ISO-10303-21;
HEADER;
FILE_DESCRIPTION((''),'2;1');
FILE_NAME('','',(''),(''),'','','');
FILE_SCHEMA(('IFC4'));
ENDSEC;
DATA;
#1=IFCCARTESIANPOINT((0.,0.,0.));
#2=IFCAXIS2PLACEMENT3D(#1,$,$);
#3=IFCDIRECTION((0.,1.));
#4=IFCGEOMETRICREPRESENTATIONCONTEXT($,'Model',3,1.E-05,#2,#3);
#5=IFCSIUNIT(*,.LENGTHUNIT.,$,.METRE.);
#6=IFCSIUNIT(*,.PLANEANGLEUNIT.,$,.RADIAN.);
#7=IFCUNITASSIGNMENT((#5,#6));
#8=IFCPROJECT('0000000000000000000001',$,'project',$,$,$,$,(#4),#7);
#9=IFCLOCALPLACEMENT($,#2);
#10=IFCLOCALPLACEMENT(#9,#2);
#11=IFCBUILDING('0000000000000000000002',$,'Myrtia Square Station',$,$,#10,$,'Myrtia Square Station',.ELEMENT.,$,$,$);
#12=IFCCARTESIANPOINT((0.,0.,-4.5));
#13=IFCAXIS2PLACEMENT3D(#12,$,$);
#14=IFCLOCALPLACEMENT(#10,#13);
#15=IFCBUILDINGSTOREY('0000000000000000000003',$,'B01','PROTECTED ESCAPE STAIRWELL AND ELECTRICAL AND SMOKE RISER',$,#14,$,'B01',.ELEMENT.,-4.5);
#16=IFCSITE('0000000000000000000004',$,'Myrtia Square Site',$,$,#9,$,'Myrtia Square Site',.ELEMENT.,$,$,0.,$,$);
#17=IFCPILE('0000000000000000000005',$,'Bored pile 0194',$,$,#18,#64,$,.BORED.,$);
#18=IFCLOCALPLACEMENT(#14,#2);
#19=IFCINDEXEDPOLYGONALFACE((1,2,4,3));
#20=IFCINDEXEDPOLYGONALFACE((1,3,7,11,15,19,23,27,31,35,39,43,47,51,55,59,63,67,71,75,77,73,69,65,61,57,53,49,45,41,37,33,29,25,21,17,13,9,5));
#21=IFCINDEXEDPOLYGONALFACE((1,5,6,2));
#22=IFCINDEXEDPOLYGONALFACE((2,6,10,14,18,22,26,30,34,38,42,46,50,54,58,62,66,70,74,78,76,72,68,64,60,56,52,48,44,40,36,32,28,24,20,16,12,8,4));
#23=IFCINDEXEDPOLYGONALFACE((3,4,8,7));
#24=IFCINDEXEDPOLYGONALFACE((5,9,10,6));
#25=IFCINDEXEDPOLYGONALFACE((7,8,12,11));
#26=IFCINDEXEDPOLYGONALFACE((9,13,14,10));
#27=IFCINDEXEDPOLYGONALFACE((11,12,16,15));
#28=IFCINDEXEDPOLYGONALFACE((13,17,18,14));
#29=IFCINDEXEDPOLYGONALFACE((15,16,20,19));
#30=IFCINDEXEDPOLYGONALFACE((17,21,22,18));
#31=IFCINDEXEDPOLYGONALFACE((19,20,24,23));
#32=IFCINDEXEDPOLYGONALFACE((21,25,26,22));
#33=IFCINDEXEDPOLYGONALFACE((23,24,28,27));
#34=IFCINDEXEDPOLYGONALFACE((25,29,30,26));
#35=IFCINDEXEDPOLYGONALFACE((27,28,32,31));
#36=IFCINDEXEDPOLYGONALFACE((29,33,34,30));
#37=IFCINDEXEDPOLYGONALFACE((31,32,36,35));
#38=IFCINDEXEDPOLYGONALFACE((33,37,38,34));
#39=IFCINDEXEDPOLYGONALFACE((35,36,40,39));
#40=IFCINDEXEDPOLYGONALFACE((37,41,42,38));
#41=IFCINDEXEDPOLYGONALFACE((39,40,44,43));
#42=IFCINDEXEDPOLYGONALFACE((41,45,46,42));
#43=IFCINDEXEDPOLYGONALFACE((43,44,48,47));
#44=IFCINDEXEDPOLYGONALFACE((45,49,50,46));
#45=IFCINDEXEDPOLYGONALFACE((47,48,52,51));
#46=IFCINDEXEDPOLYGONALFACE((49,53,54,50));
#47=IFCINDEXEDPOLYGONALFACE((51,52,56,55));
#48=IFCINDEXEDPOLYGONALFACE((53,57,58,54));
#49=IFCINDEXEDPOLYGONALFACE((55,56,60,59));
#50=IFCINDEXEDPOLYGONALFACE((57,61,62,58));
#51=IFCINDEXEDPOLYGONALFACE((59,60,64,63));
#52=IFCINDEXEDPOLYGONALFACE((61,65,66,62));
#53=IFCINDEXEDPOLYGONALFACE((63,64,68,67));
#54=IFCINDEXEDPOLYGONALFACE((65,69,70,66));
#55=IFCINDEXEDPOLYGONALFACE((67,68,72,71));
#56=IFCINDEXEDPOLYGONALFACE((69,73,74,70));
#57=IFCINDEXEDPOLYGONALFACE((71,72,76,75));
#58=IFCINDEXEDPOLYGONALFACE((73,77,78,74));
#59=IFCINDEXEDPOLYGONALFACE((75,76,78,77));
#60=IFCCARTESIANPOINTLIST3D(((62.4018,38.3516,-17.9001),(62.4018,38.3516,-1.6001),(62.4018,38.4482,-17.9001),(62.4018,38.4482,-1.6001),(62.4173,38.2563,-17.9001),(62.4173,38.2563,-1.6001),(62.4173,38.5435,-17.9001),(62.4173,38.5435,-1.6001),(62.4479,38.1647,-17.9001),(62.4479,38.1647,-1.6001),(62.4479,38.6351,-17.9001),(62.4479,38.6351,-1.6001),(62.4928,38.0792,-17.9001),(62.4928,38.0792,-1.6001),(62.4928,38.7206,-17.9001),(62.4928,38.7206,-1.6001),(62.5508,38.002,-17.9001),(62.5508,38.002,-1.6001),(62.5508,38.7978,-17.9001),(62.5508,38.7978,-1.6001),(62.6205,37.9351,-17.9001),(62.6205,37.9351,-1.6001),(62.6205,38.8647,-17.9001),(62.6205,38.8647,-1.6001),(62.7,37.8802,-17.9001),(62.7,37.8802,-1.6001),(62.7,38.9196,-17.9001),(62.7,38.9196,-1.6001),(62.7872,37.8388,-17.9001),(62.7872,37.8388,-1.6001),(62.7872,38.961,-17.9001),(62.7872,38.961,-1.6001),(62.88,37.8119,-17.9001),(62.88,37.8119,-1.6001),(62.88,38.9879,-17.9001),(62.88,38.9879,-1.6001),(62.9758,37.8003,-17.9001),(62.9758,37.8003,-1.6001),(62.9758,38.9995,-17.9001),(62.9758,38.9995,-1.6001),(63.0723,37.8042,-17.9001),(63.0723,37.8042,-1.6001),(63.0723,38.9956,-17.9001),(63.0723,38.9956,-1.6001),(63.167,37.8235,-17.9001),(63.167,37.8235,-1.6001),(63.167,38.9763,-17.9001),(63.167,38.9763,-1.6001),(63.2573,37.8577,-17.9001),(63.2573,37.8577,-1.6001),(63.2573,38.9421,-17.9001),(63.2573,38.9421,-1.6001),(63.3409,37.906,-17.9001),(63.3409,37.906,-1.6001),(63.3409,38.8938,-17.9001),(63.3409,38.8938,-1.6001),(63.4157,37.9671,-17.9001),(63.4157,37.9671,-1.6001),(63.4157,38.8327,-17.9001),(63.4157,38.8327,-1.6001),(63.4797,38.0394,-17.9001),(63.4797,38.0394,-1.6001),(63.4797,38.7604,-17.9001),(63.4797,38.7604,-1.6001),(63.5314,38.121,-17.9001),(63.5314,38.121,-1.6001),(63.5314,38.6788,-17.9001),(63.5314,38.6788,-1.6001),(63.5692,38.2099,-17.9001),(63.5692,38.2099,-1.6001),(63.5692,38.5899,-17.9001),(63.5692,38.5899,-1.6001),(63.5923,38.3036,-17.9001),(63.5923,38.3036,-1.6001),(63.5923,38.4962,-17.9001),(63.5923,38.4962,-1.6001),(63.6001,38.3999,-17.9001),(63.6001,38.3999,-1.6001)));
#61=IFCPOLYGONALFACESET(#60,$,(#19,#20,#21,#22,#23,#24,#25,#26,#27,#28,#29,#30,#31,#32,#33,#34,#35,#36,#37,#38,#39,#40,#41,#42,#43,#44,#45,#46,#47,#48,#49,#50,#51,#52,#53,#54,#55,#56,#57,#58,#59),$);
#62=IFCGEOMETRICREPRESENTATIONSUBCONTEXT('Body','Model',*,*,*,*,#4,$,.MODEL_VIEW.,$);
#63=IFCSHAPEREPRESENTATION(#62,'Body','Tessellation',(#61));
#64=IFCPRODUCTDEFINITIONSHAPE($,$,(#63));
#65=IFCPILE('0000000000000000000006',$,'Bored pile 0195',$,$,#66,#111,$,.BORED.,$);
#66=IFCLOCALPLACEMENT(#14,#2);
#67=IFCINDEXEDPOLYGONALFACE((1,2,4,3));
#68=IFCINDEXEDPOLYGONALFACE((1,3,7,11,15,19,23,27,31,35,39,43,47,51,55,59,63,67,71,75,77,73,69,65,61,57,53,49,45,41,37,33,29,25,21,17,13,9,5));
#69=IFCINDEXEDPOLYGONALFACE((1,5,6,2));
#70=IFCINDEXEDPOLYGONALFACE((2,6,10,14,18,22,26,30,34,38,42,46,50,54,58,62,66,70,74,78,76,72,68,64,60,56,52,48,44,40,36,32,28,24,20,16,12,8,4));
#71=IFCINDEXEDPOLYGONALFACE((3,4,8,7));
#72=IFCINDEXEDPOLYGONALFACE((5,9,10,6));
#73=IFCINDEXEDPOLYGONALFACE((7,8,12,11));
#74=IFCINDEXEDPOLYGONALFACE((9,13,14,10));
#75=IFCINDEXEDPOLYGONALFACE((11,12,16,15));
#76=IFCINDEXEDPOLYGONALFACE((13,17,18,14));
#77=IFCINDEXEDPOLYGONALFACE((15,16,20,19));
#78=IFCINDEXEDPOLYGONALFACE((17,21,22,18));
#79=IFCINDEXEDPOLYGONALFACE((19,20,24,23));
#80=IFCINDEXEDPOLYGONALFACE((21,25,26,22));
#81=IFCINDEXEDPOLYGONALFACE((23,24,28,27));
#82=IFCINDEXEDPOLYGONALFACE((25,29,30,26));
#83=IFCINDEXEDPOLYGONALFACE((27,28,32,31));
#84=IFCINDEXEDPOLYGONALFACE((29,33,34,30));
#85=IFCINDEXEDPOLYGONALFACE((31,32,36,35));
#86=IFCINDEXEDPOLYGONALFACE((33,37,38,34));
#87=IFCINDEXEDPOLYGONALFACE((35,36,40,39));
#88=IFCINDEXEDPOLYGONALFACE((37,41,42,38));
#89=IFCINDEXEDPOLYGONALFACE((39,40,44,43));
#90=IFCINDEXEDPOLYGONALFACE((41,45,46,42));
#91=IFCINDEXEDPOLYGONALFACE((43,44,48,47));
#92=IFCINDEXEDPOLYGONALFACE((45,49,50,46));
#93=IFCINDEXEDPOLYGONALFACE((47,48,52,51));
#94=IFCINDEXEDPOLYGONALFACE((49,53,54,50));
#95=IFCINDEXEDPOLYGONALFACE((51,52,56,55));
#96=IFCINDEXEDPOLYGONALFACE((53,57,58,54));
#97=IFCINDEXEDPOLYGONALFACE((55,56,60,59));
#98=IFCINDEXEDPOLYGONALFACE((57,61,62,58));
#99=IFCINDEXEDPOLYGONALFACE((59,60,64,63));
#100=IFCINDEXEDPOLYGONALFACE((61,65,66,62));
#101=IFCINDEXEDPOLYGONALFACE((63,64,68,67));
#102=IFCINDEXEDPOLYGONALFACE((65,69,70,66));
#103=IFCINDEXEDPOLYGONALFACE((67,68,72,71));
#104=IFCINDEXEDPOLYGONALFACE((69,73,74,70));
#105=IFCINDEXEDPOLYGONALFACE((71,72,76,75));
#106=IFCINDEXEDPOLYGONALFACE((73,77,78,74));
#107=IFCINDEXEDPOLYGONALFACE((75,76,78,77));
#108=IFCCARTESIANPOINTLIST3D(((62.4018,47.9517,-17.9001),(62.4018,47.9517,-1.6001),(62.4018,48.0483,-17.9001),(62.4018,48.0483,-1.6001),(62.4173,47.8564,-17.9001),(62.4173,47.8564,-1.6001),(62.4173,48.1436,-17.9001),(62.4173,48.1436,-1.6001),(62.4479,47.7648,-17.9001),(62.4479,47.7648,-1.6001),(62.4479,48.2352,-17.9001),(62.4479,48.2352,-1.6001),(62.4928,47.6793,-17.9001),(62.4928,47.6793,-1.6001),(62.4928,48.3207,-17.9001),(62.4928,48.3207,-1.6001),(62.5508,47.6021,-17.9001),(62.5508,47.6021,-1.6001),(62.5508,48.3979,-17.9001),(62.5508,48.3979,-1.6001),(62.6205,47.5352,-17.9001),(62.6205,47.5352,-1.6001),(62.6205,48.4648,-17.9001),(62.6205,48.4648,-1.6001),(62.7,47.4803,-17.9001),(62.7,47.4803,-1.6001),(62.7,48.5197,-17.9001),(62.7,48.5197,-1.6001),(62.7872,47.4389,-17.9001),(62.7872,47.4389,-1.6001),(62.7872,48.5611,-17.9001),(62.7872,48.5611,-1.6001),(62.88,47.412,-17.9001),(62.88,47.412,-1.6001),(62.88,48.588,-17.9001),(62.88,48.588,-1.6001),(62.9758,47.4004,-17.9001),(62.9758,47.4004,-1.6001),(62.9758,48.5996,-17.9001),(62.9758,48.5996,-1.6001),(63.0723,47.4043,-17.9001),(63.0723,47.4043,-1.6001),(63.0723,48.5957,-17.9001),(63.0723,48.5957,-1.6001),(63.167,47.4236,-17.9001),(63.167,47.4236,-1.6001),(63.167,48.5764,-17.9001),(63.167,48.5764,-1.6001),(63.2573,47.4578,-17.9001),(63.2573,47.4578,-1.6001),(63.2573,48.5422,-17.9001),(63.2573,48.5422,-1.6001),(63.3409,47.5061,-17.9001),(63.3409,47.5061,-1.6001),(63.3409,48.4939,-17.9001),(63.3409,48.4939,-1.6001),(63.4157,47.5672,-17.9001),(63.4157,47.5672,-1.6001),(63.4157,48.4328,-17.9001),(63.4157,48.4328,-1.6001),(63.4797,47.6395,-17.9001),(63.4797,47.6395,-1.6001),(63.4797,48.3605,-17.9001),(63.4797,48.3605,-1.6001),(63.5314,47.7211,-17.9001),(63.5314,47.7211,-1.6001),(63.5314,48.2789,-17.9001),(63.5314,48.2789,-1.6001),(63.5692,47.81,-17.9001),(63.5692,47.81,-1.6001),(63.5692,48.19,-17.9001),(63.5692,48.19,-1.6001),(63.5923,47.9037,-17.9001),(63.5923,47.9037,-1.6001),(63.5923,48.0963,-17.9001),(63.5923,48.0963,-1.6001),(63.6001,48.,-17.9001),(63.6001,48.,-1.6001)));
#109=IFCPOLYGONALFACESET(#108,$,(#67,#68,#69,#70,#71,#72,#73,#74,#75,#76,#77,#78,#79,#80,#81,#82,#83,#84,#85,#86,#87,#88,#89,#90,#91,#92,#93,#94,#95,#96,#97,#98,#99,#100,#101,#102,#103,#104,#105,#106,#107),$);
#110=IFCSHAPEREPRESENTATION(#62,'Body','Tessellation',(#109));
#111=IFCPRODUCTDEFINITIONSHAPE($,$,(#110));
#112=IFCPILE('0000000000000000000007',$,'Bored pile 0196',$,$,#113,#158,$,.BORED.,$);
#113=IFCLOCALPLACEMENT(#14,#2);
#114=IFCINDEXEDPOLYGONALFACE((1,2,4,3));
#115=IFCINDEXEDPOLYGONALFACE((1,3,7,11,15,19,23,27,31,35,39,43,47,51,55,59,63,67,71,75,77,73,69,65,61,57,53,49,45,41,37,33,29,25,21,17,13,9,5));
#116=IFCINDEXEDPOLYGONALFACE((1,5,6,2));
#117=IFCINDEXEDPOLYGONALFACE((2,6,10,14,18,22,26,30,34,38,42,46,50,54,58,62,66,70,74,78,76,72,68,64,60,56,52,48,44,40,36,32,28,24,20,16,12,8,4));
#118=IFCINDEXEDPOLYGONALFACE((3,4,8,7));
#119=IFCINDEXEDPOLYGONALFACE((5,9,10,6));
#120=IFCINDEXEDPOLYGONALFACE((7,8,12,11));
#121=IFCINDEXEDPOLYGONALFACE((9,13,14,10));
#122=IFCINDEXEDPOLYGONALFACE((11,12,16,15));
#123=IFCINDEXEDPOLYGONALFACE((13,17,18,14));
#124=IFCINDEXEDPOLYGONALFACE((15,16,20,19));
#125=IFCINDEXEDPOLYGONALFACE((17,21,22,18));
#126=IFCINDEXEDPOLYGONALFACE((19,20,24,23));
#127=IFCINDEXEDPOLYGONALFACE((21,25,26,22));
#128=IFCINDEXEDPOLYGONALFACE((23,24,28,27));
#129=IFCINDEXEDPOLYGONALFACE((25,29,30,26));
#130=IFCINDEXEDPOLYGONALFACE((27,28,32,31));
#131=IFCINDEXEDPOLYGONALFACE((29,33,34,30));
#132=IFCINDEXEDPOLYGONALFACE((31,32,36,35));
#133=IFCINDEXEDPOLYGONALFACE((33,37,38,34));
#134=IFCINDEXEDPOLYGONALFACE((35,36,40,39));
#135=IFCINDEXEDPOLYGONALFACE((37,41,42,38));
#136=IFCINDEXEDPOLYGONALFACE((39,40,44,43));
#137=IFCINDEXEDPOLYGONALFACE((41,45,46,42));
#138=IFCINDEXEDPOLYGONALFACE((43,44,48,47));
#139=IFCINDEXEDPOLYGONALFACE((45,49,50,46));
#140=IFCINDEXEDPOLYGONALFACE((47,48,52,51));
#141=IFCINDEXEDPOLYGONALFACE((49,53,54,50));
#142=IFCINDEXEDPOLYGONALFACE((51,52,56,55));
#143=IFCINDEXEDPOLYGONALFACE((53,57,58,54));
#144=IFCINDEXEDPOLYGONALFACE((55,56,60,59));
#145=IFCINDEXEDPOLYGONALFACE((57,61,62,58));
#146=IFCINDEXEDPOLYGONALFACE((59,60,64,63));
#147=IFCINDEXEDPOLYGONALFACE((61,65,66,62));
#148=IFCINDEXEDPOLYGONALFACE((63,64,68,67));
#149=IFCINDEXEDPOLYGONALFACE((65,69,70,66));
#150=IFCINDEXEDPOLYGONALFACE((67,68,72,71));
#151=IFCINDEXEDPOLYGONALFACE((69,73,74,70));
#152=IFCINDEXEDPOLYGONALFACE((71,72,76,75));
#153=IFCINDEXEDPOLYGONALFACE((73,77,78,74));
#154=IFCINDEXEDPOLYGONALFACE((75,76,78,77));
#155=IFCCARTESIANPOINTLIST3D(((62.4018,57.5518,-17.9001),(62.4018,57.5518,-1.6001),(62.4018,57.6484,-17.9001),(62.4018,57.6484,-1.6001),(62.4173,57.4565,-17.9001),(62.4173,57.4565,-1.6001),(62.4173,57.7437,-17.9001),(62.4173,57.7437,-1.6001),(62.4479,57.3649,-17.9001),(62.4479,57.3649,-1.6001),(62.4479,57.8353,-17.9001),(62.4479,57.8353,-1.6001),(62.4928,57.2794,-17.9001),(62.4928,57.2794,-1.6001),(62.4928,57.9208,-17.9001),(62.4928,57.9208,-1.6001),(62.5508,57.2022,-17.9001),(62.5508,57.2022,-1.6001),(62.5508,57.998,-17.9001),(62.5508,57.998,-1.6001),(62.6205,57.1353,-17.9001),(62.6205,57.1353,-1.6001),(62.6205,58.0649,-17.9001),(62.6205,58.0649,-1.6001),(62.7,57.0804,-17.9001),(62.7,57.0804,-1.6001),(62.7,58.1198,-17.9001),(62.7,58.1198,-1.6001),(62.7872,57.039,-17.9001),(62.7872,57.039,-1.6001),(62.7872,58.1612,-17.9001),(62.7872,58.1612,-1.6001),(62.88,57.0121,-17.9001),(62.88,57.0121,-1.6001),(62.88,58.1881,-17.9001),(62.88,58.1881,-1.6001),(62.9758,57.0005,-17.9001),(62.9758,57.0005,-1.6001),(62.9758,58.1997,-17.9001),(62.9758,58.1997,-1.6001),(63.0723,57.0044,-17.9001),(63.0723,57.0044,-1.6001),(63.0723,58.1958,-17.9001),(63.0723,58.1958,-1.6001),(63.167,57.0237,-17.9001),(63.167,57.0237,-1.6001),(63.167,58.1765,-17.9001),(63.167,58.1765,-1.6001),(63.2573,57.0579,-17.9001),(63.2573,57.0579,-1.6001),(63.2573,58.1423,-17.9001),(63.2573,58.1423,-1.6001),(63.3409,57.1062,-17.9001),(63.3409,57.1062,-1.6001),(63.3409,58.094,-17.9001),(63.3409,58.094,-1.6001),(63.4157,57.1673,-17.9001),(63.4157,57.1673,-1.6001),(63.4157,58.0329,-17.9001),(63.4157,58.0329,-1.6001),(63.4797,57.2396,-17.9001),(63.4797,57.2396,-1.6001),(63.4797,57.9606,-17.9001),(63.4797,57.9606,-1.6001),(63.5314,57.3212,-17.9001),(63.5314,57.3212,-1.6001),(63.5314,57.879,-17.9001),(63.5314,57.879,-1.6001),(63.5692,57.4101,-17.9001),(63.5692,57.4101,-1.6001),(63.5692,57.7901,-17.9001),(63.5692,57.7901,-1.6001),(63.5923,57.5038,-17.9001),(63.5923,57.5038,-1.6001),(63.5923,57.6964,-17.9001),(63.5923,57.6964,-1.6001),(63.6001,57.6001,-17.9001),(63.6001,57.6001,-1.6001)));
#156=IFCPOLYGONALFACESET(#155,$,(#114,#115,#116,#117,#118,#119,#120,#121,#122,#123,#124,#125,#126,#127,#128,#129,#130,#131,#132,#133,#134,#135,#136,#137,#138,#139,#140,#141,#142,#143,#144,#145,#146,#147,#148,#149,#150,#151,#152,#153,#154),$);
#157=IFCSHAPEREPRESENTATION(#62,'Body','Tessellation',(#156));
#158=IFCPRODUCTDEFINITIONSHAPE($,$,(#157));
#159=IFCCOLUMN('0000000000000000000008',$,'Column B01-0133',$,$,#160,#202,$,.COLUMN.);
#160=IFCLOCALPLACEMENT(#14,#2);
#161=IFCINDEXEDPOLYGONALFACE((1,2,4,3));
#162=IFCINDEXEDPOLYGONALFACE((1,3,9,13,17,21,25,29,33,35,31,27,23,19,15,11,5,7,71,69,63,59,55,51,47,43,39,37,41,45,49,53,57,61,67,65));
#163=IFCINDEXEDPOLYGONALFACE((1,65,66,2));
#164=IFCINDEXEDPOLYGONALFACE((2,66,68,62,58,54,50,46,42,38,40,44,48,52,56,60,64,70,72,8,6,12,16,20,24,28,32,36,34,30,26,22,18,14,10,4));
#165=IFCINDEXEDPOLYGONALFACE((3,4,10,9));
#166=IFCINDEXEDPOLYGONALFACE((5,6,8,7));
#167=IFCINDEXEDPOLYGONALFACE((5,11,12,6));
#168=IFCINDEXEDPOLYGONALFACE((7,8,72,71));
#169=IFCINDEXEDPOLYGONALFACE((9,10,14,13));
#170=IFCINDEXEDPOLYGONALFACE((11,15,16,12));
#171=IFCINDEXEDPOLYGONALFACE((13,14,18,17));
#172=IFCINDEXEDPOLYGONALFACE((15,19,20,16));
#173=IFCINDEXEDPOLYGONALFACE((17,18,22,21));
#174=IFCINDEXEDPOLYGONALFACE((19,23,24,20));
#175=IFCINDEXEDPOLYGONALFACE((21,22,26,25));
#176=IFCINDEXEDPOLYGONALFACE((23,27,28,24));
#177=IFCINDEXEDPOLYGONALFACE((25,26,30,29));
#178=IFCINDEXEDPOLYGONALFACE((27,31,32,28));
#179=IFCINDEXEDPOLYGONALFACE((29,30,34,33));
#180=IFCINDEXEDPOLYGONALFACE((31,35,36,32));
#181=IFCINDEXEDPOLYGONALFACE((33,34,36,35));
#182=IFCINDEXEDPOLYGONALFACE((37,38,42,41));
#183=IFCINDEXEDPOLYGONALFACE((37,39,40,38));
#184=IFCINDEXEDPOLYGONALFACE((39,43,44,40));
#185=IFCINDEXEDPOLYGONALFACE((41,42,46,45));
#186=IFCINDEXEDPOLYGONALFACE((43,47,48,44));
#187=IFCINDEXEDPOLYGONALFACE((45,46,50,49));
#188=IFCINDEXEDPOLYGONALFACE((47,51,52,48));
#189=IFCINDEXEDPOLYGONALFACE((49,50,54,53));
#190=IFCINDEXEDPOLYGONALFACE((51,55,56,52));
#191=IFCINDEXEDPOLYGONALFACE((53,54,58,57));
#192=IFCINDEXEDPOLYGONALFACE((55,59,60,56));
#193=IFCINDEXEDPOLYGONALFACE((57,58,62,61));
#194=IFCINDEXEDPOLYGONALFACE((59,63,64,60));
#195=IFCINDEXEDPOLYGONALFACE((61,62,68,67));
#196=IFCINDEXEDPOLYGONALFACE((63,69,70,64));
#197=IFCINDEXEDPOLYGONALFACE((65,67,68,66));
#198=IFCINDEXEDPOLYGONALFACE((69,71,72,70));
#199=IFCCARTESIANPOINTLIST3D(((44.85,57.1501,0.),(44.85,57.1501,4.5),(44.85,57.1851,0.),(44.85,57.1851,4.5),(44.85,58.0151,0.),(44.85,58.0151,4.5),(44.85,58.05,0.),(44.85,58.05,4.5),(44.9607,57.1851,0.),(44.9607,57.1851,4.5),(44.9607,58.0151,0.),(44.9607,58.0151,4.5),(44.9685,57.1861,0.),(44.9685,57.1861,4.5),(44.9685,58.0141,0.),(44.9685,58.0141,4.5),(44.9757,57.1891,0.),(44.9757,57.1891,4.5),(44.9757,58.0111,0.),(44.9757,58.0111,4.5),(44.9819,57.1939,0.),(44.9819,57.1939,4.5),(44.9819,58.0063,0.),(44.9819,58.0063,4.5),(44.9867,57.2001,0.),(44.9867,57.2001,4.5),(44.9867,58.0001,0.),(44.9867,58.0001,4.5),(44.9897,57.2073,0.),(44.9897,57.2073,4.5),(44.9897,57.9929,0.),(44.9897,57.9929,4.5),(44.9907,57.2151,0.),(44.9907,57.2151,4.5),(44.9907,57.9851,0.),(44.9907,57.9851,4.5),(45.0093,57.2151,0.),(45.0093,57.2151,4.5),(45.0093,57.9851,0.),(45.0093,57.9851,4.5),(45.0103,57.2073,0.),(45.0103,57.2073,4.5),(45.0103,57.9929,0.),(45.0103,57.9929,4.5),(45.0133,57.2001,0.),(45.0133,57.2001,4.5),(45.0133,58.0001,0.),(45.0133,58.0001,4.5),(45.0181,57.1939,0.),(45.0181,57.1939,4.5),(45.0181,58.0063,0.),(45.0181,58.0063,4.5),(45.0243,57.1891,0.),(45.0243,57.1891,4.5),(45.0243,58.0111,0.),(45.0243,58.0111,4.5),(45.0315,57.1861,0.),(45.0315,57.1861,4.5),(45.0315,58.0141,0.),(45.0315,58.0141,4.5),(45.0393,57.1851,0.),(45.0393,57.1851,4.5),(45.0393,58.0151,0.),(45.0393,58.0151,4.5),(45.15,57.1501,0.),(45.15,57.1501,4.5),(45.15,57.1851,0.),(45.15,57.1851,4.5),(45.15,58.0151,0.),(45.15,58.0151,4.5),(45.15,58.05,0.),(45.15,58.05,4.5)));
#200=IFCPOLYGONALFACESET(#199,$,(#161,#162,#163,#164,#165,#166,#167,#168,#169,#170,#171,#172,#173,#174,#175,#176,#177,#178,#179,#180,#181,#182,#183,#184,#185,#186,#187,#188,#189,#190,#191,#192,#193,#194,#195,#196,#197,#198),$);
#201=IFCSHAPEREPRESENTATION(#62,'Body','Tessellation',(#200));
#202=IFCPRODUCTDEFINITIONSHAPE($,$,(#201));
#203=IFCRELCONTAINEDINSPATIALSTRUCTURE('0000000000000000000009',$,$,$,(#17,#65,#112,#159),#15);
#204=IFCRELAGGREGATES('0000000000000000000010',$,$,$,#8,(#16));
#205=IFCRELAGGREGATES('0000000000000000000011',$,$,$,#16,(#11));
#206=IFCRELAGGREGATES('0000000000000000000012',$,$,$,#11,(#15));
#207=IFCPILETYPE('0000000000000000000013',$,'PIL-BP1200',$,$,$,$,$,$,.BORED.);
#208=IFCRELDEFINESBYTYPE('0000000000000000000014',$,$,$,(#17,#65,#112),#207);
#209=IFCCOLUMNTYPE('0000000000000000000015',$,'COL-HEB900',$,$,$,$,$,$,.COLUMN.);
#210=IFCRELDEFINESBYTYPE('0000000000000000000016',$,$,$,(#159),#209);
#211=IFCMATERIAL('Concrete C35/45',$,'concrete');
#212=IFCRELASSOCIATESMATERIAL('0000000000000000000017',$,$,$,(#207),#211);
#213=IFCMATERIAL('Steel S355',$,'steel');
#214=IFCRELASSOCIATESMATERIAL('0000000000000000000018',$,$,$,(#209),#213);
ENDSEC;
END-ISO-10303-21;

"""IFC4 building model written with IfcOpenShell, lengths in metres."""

from ifc_helpers import new_model, si_unit, direction, frame, origin, origin_2d, place, context, subcontext, project, spatial, circle, i_section, extrude, material, material_profile, profile_set, type_object, element, save


model = new_model("IFC4")

# Units and contexts
model_context = context("Model", 3, precision=1e-05, world=origin(), true_north=direction((0.0, 1.0)))
body_context = subcontext(model_context, "Body", "Model", "MODEL_VIEW")
ifc_project = project(units=[si_unit("LENGTHUNIT", "METRE"), si_unit("PLANEANGLEUNIT", "RADIAN")], contexts=[model_context])

# Site, building, storey
site_placement = place(None, origin())
site = spatial("IfcSite", under=ifc_project, at=site_placement, Name="Myrtia Square Site", LongName="Myrtia Square Site", CompositionType="ELEMENT", RefElevation=0.0)
building_placement = place(site_placement, origin())
building = spatial("IfcBuilding", under=site, at=building_placement, Name="Myrtia Square Station", LongName="Myrtia Square Station", CompositionType="ELEMENT")
storey_placement = place(building_placement, frame((0.0, 0.0, -4.5)))
storey = spatial("IfcBuildingStorey", under=building, at=storey_placement, Name="B01", Description="PROTECTED ESCAPE STAIRWELL AND ELECTRICAL AND SMOKE RISER", LongName="B01", CompositionType="ELEMENT", Elevation=-4.5)

# Shared definitions
ifc_material_1 = material(Name="Concrete C35/45", Category="concrete")

# Piles
ifc_material_profile_1 = material_profile(ifc_material_1, circle(Radius=0.6001, at=origin_2d()), Name="BP D1200")
ifc_profile_set_1 = profile_set([ifc_material_profile_1], Name="Concrete C35/45")
pile_type = type_object("IfcPileType", Name="PIL-BP1200", PredefinedType="BORED", material=ifc_profile_set_1)
for number, where, z_axis, x_axis, name in (
    (1, (63.0, 38.3999, -1.6001), (0.0, 0.0, -1.0), (1.0, 0.0, 0.0), "Bored pile 0194"),
    (2, (63.0, 48.0, -1.6001), (0.0, 0.0, -1.0), (1.0, 0.0, 0.0), "Bored pile 0195"),
    (3, (63.0, 57.6001, -1.6001), (0.0, 0.0, -1.0), (1.0, 0.0, 0.0), "Bored pile 0196"),
):
    element("IfcPile", number, at=place(storey_placement, frame(where, z_axis=z_axis, x_axis=x_axis)), inside=storey, type_object=pile_type, Name=name, PredefinedType="BORED", context=body_context, shape_type="SweptSolid", body=[
        extrude(circle(Radius=0.6001, at=origin_2d()), origin(), (0.0, 0.0, 1.0), 16.3),
    ])

# Column
ifc_material_2 = material(Name="Steel S355", Category="steel")
ifc_material_profile_2 = material_profile(ifc_material_2, i_section(OverallWidth=0.3, OverallDepth=0.8999, WebThickness=0.0186, FlangeThickness=0.0349, FilletRadius=0.03, at=origin_2d()), Name="HEB 900")
ifc_profile_set_2 = profile_set([ifc_material_profile_2], Name="Steel S355")
column_type = type_object("IfcColumnType", Name="COL-HEB900", PredefinedType="COLUMN", material=ifc_profile_set_2)
for number, where, z_axis, x_axis, name in (
    (4, (45.0, 57.6001, 0.0), (0.0, 0.0, 1.0), (1.0, 0.0, 0.0), "Column B01-0133"),
):
    element("IfcColumn", number, at=place(storey_placement, frame(where, z_axis=z_axis, x_axis=x_axis)), inside=storey, type_object=column_type, Name=name, PredefinedType="COLUMN", context=body_context, shape_type="SweptSolid", body=[
        extrude(i_section(OverallWidth=0.3, OverallDepth=0.8999, WebThickness=0.0186, FlangeThickness=0.0349, FilletRadius=0.03, at=origin_2d()), origin(), (0.0, 0.0, 1.0), 4.5),
    ])

save(model, "model.ifc")
